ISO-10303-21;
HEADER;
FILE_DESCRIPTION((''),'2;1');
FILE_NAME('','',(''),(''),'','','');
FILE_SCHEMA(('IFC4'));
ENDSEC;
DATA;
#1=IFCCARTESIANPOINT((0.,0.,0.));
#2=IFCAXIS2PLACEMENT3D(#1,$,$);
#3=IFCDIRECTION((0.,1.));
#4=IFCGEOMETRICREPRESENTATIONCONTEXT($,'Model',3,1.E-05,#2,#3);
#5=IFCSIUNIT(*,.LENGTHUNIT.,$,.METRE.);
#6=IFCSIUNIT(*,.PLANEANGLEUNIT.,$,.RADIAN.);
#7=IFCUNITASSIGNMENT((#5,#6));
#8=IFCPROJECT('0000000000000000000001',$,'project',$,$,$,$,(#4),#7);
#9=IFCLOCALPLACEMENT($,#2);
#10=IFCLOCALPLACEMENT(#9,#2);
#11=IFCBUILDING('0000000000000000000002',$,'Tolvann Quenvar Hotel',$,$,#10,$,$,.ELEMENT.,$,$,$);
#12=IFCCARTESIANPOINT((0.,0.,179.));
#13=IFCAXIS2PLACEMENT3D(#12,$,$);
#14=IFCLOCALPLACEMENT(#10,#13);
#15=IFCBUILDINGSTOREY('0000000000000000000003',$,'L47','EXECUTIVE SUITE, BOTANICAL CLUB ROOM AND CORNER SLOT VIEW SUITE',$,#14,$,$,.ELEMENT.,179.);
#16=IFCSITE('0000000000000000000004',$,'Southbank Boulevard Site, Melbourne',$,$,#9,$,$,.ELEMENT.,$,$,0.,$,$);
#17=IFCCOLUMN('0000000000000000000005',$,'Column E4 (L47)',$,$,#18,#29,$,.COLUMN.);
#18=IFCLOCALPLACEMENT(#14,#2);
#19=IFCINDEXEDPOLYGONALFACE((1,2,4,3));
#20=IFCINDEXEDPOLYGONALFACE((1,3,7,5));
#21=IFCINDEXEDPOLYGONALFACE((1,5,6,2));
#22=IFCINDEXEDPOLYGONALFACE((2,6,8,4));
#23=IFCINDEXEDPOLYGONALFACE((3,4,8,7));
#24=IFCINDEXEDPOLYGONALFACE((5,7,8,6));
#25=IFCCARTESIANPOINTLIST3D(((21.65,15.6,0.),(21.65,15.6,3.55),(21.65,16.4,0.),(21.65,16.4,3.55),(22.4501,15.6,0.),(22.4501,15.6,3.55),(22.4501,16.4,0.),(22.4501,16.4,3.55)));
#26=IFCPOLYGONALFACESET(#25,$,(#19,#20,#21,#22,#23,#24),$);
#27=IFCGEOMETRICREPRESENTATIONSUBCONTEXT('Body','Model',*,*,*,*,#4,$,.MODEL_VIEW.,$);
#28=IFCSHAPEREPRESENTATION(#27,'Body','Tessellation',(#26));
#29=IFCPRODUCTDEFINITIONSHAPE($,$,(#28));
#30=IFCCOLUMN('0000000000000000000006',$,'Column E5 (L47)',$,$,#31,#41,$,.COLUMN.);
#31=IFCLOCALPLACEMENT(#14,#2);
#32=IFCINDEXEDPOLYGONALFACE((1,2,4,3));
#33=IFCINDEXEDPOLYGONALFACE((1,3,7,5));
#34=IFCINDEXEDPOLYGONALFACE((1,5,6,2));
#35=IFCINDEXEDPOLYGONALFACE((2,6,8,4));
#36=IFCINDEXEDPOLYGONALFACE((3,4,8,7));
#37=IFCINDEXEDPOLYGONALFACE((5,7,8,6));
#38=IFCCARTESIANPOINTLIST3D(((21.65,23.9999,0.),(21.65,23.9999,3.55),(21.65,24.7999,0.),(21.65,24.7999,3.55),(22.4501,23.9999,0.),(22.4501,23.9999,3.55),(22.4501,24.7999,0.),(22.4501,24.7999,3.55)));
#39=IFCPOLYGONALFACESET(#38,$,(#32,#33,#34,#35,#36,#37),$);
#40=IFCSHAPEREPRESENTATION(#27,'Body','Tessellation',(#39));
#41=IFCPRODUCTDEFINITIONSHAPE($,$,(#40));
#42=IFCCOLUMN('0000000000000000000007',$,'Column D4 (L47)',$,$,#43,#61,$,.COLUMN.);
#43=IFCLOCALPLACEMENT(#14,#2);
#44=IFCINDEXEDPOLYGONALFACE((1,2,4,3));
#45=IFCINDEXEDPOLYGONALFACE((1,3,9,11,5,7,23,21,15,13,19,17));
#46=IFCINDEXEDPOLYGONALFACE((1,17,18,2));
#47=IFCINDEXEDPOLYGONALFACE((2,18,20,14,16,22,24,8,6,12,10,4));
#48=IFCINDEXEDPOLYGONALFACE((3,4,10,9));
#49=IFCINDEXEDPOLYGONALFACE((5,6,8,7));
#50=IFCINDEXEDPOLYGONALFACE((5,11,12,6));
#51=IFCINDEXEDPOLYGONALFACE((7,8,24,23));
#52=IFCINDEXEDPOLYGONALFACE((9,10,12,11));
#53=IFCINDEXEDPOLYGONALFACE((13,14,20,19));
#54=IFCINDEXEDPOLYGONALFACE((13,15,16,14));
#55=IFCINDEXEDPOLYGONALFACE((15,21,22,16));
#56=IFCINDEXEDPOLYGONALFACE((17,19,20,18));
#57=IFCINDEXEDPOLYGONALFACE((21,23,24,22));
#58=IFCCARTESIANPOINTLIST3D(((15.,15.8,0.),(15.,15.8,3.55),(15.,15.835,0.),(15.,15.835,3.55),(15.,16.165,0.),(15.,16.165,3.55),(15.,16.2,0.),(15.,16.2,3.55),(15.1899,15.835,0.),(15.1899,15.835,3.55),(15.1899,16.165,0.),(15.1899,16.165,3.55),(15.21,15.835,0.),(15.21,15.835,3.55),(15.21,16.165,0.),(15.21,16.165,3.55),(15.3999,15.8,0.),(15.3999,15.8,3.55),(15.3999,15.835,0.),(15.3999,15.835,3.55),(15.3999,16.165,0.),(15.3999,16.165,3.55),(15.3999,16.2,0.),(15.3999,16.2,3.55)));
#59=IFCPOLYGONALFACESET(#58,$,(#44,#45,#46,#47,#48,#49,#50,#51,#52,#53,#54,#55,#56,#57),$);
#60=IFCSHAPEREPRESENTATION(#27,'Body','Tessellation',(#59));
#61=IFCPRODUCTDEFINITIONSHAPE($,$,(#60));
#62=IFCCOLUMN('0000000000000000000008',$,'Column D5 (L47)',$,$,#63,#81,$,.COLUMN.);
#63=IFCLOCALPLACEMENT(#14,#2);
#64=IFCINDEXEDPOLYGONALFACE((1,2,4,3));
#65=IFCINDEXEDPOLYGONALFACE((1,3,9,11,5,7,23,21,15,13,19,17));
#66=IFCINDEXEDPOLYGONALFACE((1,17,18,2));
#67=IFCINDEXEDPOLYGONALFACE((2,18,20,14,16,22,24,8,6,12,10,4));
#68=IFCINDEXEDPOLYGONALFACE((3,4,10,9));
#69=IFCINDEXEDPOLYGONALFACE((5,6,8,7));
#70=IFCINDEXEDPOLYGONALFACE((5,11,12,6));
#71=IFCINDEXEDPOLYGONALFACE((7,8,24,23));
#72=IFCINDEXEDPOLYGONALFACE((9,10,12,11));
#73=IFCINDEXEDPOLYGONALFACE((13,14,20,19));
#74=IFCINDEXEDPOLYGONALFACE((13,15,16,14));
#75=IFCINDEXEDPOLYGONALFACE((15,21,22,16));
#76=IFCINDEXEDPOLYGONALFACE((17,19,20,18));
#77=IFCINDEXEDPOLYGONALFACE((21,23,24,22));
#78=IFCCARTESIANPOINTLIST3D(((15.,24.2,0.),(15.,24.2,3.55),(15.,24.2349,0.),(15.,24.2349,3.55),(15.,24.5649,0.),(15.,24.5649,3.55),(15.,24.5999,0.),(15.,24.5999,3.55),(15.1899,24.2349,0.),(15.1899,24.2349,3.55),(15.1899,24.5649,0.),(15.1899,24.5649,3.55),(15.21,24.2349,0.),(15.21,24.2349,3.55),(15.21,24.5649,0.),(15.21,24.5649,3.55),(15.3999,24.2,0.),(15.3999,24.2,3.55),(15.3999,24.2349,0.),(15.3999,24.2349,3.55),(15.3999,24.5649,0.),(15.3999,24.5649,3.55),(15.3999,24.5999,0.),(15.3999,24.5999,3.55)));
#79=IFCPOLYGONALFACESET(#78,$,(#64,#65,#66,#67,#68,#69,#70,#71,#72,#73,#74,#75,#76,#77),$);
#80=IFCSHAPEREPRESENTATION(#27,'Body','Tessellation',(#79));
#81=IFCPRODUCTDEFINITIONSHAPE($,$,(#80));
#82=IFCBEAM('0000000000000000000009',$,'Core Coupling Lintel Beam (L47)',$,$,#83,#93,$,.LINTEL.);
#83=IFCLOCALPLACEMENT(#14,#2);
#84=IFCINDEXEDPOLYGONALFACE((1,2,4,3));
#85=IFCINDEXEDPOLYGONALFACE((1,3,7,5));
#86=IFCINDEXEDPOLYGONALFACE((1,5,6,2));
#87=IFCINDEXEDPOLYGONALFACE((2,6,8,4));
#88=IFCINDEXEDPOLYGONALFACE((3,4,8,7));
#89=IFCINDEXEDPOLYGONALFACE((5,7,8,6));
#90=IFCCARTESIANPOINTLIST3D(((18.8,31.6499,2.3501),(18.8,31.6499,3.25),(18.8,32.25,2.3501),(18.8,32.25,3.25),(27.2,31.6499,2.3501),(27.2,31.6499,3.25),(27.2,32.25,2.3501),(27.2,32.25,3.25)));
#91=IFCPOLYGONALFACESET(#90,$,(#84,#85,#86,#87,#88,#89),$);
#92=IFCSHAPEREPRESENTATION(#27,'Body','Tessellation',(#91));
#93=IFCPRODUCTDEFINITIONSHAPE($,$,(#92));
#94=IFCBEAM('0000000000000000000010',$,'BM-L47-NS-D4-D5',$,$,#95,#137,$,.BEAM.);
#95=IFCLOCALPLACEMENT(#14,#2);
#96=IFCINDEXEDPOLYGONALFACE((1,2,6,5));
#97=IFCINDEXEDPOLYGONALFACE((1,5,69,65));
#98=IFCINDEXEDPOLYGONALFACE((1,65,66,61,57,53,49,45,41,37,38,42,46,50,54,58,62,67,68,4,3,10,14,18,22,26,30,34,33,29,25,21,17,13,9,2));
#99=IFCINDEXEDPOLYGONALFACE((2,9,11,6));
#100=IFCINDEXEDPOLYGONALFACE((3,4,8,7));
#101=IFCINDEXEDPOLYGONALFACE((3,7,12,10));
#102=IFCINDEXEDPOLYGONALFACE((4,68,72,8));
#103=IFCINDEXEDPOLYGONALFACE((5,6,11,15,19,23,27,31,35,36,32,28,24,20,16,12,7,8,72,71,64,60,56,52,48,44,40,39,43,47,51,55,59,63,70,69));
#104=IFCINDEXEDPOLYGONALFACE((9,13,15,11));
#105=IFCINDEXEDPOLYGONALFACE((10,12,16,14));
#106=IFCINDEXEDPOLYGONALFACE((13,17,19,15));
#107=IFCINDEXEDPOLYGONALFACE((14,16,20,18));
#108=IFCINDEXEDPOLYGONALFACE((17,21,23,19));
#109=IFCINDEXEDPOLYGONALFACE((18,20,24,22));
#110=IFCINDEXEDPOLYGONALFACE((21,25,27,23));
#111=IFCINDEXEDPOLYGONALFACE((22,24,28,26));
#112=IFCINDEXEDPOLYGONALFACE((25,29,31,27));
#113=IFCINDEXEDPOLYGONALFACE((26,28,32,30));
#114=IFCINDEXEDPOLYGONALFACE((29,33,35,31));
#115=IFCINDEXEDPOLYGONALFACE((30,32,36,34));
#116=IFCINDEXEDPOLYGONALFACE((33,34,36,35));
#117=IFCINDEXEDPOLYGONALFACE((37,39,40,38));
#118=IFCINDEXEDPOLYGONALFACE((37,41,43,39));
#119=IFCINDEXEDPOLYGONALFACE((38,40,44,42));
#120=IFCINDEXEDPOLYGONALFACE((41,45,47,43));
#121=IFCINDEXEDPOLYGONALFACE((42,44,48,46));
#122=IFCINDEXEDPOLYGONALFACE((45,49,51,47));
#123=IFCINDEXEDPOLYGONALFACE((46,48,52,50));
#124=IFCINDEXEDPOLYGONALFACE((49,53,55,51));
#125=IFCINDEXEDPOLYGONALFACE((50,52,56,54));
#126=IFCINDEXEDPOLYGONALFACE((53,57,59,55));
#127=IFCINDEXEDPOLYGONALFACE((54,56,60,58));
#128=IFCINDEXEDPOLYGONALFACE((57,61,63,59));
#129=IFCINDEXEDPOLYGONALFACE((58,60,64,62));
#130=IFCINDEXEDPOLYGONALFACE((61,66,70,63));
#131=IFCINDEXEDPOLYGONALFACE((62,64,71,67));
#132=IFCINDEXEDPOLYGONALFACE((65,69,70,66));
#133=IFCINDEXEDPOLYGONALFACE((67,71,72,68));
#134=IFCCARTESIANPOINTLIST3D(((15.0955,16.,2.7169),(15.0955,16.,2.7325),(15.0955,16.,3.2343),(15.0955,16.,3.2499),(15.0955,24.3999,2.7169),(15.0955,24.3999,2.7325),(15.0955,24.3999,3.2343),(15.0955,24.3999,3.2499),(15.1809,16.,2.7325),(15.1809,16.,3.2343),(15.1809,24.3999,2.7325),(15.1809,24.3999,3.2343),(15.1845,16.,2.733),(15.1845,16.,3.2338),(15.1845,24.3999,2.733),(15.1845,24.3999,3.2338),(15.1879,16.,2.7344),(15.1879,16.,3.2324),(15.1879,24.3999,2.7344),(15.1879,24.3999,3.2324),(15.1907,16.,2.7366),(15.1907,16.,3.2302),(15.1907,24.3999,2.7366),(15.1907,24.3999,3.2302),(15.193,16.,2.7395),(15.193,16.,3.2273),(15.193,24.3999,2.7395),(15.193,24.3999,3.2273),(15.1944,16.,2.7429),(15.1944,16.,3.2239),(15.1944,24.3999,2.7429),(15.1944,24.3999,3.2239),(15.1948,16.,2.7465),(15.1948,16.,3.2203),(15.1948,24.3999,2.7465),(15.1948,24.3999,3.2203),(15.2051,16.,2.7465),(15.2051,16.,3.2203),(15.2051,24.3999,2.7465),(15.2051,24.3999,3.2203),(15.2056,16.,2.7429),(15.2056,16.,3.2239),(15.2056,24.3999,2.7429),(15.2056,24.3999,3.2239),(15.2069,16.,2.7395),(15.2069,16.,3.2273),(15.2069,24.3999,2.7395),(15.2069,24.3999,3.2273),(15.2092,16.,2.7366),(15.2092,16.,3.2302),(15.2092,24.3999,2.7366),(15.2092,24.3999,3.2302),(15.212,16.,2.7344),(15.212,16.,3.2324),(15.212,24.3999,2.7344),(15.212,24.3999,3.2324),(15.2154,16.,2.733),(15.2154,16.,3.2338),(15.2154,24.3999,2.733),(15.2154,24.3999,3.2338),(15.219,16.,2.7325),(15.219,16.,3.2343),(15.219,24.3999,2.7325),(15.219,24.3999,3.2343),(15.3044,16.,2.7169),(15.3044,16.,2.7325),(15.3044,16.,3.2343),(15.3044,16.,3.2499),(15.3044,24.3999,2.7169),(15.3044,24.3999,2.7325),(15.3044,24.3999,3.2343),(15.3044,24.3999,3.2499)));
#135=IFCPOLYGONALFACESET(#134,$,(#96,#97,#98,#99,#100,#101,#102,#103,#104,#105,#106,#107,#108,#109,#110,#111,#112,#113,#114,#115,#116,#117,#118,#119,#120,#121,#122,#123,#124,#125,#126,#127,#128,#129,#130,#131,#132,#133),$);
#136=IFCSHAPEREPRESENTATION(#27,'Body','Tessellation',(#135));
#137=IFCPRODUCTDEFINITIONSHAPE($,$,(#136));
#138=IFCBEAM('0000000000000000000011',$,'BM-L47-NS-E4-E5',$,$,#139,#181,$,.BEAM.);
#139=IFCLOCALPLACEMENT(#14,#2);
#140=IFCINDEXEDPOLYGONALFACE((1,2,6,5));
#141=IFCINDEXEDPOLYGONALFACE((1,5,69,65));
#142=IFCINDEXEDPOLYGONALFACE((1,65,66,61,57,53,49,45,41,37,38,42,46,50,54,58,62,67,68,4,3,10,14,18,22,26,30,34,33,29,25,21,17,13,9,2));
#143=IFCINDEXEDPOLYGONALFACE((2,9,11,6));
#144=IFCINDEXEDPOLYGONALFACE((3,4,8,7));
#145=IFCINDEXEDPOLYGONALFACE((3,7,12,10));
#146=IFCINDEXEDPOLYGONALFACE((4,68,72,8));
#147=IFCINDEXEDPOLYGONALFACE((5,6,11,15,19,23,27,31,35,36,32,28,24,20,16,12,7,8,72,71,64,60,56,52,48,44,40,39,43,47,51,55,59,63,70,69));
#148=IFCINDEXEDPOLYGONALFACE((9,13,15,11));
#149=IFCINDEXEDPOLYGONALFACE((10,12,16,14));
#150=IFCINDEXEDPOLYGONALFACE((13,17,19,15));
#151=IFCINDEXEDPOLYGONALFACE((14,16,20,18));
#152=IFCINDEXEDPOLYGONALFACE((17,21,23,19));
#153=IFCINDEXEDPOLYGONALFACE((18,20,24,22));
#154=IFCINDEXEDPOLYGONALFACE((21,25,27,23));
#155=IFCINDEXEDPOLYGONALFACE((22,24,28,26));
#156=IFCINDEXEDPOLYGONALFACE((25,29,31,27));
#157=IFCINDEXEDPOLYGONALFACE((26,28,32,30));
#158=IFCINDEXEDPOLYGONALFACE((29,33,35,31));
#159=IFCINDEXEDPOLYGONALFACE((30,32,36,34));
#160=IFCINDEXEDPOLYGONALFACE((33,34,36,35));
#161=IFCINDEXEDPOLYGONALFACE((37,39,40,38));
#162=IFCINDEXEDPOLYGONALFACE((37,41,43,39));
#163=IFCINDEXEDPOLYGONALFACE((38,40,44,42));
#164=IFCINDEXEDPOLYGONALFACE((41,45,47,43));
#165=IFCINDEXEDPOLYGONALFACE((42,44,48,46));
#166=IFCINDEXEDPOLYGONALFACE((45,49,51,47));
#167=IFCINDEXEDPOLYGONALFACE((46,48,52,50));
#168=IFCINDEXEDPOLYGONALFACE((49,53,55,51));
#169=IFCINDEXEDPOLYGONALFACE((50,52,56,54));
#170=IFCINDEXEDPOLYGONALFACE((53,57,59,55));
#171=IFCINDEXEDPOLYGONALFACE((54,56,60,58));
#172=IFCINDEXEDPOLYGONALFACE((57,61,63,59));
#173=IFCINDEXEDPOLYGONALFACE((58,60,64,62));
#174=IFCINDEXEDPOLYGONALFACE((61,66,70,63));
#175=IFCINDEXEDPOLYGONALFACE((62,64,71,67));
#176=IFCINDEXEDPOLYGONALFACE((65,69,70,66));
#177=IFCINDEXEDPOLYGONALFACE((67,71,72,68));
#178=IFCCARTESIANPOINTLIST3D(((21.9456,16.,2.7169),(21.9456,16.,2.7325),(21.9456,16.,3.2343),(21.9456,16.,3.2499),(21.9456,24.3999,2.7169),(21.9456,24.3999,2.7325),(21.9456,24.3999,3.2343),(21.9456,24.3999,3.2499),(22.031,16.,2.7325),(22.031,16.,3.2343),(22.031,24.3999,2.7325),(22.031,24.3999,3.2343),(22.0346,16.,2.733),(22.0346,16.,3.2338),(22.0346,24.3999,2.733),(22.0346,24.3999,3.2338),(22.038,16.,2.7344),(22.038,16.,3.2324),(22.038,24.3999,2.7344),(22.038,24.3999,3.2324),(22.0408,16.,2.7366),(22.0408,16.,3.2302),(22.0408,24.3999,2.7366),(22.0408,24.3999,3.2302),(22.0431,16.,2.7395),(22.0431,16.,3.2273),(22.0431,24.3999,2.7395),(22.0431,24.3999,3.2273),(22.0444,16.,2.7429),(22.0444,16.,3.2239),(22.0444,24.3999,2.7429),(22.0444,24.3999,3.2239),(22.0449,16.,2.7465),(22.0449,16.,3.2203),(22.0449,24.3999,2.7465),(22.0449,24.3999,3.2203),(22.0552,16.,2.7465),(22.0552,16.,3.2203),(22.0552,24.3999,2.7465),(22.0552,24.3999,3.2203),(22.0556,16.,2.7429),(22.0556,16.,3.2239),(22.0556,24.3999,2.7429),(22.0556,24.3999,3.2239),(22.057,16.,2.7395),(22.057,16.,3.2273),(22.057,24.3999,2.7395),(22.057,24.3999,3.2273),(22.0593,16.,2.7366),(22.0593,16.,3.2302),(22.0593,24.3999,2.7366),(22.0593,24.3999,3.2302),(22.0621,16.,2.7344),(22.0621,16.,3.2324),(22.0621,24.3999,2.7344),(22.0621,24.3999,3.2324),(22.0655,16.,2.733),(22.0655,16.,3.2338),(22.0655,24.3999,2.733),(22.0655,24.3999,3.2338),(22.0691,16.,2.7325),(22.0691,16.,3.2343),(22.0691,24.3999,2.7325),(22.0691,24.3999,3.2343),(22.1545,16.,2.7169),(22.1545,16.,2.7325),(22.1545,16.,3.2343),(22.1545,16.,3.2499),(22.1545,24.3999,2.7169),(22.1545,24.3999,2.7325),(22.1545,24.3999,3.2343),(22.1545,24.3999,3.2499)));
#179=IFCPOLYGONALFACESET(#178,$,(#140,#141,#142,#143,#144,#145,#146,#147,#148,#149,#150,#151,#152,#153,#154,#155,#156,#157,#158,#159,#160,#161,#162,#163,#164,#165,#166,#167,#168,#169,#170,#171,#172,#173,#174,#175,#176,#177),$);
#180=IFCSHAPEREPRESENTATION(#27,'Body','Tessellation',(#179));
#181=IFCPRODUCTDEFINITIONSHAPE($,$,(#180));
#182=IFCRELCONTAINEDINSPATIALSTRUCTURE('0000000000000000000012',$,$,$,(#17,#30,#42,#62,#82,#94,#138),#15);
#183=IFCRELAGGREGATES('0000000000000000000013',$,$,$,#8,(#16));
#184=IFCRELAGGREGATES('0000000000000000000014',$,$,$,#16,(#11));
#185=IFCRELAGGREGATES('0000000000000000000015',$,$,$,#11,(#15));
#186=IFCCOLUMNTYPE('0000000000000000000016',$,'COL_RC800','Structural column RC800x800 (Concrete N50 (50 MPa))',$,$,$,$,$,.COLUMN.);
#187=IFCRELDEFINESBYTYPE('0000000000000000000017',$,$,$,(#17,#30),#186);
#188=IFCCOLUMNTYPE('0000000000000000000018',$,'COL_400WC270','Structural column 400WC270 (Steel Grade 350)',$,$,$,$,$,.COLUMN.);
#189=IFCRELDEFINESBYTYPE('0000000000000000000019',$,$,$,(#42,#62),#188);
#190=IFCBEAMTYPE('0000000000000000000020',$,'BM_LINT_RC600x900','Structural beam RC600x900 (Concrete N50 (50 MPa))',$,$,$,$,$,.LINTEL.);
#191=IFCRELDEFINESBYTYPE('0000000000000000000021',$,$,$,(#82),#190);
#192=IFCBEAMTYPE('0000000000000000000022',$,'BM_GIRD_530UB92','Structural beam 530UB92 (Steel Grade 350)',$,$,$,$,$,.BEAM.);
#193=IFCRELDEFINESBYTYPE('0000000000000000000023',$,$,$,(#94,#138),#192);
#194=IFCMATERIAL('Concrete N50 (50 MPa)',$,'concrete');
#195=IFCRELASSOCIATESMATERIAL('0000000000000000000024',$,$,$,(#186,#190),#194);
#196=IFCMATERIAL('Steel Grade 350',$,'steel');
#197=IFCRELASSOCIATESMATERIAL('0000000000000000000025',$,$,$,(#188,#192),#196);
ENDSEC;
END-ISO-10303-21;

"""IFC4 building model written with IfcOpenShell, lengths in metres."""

from ifc_helpers import new_model, si_unit, direction, frame, origin, origin_2d, place, context, subcontext, project, spatial, rectangle, i_section, extrude, source, transform, mapped, material, material_profile, profile_set, type_object, type_shapes, element, save


model = new_model("IFC4")

# Units and contexts
model_context = context("Model", 3, precision=1e-05, world=origin(), true_north=direction((0.0, 1.0)))
body_context = subcontext(model_context, "Body", "Model", "MODEL_VIEW")
ifc_project = project(units=[si_unit("LENGTHUNIT", "METRE"), si_unit("PLANEANGLEUNIT", "RADIAN")], contexts=[model_context])

# Site, building, storey
site_placement = place(None, origin())
site = spatial("IfcSite", under=ifc_project, at=site_placement, Name="Southbank Boulevard Site, Melbourne", CompositionType="ELEMENT", RefElevation=0.0)
building_placement = place(site_placement, origin())
building = spatial("IfcBuilding", under=site, at=building_placement, Name="Tolvann Quenvar Hotel", CompositionType="ELEMENT")
storey_placement = place(building_placement, frame((0.0, 0.0, 179.0)))
storey = spatial("IfcBuildingStorey", under=building, at=storey_placement, Name="L47", Description="EXECUTIVE SUITE, BOTANICAL CLUB ROOM AND CORNER SLOT VIEW SUITE", CompositionType="ELEMENT", Elevation=179.0)

# Columns
ifc_material_1 = material(Name="Concrete N50 (50 MPa)", Category="concrete")
ifc_material_profile_1 = material_profile(ifc_material_1, rectangle(XDim=0.8, YDim=0.8, at=origin_2d()), Name="RC800x800")
ifc_profile_set_1 = profile_set([ifc_material_profile_1], Name="Concrete N50 (50 MPa)")
column_type_1 = type_object("IfcColumnType", Name="COL_RC800", Description="Structural column RC800x800 (Concrete N50 (50 MPa))", PredefinedType="COLUMN", material=ifc_profile_set_1)
shared_shape_1 = source(origin(), body_context, "Body", "SweptSolid", [
    extrude(rectangle(XDim=0.8, YDim=0.8, at=origin_2d()), origin(), (0.0, 0.0, 1.0), 3.55),
])
type_shapes(column_type_1, [shared_shape_1])
for number, where, z_axis, x_axis, name in (
    (1, (22.05, 16.0, 0.0), (0.0, 0.0, 1.0), (1.0, 0.0, 0.0), "Column E4 (L47)"),
    (2, (22.05, 24.3999, 0.0), (0.0, 0.0, 1.0), (1.0, 0.0, 0.0), "Column E5 (L47)"),
):
    element("IfcColumn", number, at=place(storey_placement, frame(where, z_axis=z_axis, x_axis=x_axis)), inside=storey, type_object=column_type_1, Name=name, PredefinedType="COLUMN", context=body_context, shape_type="MappedRepresentation", body=[
        mapped(shared_shape_1, transform((0.0, 0.0, 0.0), x_axis=(1.0, 0.0, 0.0), y_axis=(0.0, 1.0, 0.0), z_axis=(0.0, 0.0, 1.0), scale=1.0)),
    ])
ifc_material_2 = material(Name="Steel Grade 350", Category="steel")
ifc_material_profile_2 = material_profile(ifc_material_2, i_section(OverallWidth=0.3999, OverallDepth=0.3999, WebThickness=0.02, FlangeThickness=0.0349, at=origin_2d()), Name="400WC270")
ifc_profile_set_2 = profile_set([ifc_material_profile_2], Name="Steel Grade 350")
column_type_2 = type_object("IfcColumnType", Name="COL_400WC270", Description="Structural column 400WC270 (Steel Grade 350)", PredefinedType="COLUMN", material=ifc_profile_set_2)
shared_shape_2 = source(origin(), body_context, "Body", "SweptSolid", [
    extrude(i_section(OverallWidth=0.3999, OverallDepth=0.3999, WebThickness=0.02, FlangeThickness=0.0349, at=origin_2d()), origin(), (0.0, 0.0, 1.0), 3.55),
])
type_shapes(column_type_2, [shared_shape_2])
for number, where, z_axis, x_axis, name in (
    (3, (15.2, 16.0, 0.0), (0.0, 0.0, 1.0), (1.0, 0.0, 0.0), "Column D4 (L47)"),
    (4, (15.2, 24.3999, 0.0), (0.0, 0.0, 1.0), (1.0, 0.0, 0.0), "Column D5 (L47)"),
):
    element("IfcColumn", number, at=place(storey_placement, frame(where, z_axis=z_axis, x_axis=x_axis)), inside=storey, type_object=column_type_2, Name=name, PredefinedType="COLUMN", context=body_context, shape_type="MappedRepresentation", body=[
        mapped(shared_shape_2, transform((0.0, 0.0, 0.0), x_axis=(1.0, 0.0, 0.0), y_axis=(0.0, 1.0, 0.0), z_axis=(0.0, 0.0, 1.0), scale=1.0)),
    ])

# Beams
ifc_material_profile_3 = material_profile(ifc_material_1, rectangle(XDim=0.6001, YDim=0.8999, at=origin_2d()), Name="RC600x900")
ifc_profile_set_3 = profile_set([ifc_material_profile_3], Name="Concrete N50 (50 MPa)")
beam_type_1 = type_object("IfcBeamType", Name="BM_LINT_RC600x900", Description="Structural beam RC600x900 (Concrete N50 (50 MPa))", PredefinedType="LINTEL", material=ifc_profile_set_3)
shared_shape_3 = source(origin(), body_context, "Body", "SweptSolid", [
    extrude(rectangle(XDim=0.6001, YDim=0.8999, at=origin_2d()), origin(), (0.0, 0.0, 1.0), 8.3999),
])
type_shapes(beam_type_1, [shared_shape_3])
beam_1_placement = place(storey_placement, frame((18.8, 31.95, 2.8), z_axis=(1.0, 0.0, 0.0), x_axis=(0.0, 1.0, 0.0)))
element("IfcBeam", 5, at=beam_1_placement, inside=storey, type_object=beam_type_1, Name="Core Coupling Lintel Beam (L47)", PredefinedType="LINTEL", context=body_context, shape_type="MappedRepresentation", body=[
    mapped(shared_shape_3, transform((0.0, 0.0, 0.0), x_axis=(1.0, 0.0, 0.0), y_axis=(0.0, 1.0, 0.0), z_axis=(0.0, 0.0, 1.0), scale=1.0)),
])
ifc_material_profile_4 = material_profile(ifc_material_2, i_section(OverallWidth=0.209, OverallDepth=0.533, WebThickness=0.0103, FlangeThickness=0.0156, FilletRadius=0.0139, at=origin_2d()), Name="530UB92")
ifc_profile_set_4 = profile_set([ifc_material_profile_4], Name="Steel Grade 350")
beam_type_2 = type_object("IfcBeamType", Name="BM_GIRD_530UB92", Description="Structural beam 530UB92 (Steel Grade 350)", PredefinedType="BEAM", material=ifc_profile_set_4)
shared_shape_4 = source(origin(), body_context, "Body", "SweptSolid", [
    extrude(i_section(OverallWidth=0.209, OverallDepth=0.533, WebThickness=0.0103, FlangeThickness=0.0156, FilletRadius=0.0139, at=origin_2d()), origin(), (0.0, 0.0, 1.0), 8.3999),
])
type_shapes(beam_type_2, [shared_shape_4])
for number, where, z_axis, x_axis, name in (
    (6, (15.2, 16.0, 2.9834), (0.0, 1.0, 0.0), (-1.0, 0.0, 0.0), "BM-L47-NS-D4-D5"),
    (7, (22.05, 16.0, 2.9834), (0.0, 1.0, 0.0), (-1.0, 0.0, 0.0), "BM-L47-NS-E4-E5"),
):
    element("IfcBeam", number, at=place(storey_placement, frame(where, z_axis=z_axis, x_axis=x_axis)), inside=storey, type_object=beam_type_2, Name=name, PredefinedType="BEAM", context=body_context, shape_type="MappedRepresentation", body=[
        mapped(shared_shape_4, transform((0.0, 0.0, 0.0), x_axis=(1.0, 0.0, 0.0), y_axis=(0.0, 1.0, 0.0), z_axis=(0.0, 0.0, 1.0), scale=1.0)),
    ])

save(model, "model.ifc")
